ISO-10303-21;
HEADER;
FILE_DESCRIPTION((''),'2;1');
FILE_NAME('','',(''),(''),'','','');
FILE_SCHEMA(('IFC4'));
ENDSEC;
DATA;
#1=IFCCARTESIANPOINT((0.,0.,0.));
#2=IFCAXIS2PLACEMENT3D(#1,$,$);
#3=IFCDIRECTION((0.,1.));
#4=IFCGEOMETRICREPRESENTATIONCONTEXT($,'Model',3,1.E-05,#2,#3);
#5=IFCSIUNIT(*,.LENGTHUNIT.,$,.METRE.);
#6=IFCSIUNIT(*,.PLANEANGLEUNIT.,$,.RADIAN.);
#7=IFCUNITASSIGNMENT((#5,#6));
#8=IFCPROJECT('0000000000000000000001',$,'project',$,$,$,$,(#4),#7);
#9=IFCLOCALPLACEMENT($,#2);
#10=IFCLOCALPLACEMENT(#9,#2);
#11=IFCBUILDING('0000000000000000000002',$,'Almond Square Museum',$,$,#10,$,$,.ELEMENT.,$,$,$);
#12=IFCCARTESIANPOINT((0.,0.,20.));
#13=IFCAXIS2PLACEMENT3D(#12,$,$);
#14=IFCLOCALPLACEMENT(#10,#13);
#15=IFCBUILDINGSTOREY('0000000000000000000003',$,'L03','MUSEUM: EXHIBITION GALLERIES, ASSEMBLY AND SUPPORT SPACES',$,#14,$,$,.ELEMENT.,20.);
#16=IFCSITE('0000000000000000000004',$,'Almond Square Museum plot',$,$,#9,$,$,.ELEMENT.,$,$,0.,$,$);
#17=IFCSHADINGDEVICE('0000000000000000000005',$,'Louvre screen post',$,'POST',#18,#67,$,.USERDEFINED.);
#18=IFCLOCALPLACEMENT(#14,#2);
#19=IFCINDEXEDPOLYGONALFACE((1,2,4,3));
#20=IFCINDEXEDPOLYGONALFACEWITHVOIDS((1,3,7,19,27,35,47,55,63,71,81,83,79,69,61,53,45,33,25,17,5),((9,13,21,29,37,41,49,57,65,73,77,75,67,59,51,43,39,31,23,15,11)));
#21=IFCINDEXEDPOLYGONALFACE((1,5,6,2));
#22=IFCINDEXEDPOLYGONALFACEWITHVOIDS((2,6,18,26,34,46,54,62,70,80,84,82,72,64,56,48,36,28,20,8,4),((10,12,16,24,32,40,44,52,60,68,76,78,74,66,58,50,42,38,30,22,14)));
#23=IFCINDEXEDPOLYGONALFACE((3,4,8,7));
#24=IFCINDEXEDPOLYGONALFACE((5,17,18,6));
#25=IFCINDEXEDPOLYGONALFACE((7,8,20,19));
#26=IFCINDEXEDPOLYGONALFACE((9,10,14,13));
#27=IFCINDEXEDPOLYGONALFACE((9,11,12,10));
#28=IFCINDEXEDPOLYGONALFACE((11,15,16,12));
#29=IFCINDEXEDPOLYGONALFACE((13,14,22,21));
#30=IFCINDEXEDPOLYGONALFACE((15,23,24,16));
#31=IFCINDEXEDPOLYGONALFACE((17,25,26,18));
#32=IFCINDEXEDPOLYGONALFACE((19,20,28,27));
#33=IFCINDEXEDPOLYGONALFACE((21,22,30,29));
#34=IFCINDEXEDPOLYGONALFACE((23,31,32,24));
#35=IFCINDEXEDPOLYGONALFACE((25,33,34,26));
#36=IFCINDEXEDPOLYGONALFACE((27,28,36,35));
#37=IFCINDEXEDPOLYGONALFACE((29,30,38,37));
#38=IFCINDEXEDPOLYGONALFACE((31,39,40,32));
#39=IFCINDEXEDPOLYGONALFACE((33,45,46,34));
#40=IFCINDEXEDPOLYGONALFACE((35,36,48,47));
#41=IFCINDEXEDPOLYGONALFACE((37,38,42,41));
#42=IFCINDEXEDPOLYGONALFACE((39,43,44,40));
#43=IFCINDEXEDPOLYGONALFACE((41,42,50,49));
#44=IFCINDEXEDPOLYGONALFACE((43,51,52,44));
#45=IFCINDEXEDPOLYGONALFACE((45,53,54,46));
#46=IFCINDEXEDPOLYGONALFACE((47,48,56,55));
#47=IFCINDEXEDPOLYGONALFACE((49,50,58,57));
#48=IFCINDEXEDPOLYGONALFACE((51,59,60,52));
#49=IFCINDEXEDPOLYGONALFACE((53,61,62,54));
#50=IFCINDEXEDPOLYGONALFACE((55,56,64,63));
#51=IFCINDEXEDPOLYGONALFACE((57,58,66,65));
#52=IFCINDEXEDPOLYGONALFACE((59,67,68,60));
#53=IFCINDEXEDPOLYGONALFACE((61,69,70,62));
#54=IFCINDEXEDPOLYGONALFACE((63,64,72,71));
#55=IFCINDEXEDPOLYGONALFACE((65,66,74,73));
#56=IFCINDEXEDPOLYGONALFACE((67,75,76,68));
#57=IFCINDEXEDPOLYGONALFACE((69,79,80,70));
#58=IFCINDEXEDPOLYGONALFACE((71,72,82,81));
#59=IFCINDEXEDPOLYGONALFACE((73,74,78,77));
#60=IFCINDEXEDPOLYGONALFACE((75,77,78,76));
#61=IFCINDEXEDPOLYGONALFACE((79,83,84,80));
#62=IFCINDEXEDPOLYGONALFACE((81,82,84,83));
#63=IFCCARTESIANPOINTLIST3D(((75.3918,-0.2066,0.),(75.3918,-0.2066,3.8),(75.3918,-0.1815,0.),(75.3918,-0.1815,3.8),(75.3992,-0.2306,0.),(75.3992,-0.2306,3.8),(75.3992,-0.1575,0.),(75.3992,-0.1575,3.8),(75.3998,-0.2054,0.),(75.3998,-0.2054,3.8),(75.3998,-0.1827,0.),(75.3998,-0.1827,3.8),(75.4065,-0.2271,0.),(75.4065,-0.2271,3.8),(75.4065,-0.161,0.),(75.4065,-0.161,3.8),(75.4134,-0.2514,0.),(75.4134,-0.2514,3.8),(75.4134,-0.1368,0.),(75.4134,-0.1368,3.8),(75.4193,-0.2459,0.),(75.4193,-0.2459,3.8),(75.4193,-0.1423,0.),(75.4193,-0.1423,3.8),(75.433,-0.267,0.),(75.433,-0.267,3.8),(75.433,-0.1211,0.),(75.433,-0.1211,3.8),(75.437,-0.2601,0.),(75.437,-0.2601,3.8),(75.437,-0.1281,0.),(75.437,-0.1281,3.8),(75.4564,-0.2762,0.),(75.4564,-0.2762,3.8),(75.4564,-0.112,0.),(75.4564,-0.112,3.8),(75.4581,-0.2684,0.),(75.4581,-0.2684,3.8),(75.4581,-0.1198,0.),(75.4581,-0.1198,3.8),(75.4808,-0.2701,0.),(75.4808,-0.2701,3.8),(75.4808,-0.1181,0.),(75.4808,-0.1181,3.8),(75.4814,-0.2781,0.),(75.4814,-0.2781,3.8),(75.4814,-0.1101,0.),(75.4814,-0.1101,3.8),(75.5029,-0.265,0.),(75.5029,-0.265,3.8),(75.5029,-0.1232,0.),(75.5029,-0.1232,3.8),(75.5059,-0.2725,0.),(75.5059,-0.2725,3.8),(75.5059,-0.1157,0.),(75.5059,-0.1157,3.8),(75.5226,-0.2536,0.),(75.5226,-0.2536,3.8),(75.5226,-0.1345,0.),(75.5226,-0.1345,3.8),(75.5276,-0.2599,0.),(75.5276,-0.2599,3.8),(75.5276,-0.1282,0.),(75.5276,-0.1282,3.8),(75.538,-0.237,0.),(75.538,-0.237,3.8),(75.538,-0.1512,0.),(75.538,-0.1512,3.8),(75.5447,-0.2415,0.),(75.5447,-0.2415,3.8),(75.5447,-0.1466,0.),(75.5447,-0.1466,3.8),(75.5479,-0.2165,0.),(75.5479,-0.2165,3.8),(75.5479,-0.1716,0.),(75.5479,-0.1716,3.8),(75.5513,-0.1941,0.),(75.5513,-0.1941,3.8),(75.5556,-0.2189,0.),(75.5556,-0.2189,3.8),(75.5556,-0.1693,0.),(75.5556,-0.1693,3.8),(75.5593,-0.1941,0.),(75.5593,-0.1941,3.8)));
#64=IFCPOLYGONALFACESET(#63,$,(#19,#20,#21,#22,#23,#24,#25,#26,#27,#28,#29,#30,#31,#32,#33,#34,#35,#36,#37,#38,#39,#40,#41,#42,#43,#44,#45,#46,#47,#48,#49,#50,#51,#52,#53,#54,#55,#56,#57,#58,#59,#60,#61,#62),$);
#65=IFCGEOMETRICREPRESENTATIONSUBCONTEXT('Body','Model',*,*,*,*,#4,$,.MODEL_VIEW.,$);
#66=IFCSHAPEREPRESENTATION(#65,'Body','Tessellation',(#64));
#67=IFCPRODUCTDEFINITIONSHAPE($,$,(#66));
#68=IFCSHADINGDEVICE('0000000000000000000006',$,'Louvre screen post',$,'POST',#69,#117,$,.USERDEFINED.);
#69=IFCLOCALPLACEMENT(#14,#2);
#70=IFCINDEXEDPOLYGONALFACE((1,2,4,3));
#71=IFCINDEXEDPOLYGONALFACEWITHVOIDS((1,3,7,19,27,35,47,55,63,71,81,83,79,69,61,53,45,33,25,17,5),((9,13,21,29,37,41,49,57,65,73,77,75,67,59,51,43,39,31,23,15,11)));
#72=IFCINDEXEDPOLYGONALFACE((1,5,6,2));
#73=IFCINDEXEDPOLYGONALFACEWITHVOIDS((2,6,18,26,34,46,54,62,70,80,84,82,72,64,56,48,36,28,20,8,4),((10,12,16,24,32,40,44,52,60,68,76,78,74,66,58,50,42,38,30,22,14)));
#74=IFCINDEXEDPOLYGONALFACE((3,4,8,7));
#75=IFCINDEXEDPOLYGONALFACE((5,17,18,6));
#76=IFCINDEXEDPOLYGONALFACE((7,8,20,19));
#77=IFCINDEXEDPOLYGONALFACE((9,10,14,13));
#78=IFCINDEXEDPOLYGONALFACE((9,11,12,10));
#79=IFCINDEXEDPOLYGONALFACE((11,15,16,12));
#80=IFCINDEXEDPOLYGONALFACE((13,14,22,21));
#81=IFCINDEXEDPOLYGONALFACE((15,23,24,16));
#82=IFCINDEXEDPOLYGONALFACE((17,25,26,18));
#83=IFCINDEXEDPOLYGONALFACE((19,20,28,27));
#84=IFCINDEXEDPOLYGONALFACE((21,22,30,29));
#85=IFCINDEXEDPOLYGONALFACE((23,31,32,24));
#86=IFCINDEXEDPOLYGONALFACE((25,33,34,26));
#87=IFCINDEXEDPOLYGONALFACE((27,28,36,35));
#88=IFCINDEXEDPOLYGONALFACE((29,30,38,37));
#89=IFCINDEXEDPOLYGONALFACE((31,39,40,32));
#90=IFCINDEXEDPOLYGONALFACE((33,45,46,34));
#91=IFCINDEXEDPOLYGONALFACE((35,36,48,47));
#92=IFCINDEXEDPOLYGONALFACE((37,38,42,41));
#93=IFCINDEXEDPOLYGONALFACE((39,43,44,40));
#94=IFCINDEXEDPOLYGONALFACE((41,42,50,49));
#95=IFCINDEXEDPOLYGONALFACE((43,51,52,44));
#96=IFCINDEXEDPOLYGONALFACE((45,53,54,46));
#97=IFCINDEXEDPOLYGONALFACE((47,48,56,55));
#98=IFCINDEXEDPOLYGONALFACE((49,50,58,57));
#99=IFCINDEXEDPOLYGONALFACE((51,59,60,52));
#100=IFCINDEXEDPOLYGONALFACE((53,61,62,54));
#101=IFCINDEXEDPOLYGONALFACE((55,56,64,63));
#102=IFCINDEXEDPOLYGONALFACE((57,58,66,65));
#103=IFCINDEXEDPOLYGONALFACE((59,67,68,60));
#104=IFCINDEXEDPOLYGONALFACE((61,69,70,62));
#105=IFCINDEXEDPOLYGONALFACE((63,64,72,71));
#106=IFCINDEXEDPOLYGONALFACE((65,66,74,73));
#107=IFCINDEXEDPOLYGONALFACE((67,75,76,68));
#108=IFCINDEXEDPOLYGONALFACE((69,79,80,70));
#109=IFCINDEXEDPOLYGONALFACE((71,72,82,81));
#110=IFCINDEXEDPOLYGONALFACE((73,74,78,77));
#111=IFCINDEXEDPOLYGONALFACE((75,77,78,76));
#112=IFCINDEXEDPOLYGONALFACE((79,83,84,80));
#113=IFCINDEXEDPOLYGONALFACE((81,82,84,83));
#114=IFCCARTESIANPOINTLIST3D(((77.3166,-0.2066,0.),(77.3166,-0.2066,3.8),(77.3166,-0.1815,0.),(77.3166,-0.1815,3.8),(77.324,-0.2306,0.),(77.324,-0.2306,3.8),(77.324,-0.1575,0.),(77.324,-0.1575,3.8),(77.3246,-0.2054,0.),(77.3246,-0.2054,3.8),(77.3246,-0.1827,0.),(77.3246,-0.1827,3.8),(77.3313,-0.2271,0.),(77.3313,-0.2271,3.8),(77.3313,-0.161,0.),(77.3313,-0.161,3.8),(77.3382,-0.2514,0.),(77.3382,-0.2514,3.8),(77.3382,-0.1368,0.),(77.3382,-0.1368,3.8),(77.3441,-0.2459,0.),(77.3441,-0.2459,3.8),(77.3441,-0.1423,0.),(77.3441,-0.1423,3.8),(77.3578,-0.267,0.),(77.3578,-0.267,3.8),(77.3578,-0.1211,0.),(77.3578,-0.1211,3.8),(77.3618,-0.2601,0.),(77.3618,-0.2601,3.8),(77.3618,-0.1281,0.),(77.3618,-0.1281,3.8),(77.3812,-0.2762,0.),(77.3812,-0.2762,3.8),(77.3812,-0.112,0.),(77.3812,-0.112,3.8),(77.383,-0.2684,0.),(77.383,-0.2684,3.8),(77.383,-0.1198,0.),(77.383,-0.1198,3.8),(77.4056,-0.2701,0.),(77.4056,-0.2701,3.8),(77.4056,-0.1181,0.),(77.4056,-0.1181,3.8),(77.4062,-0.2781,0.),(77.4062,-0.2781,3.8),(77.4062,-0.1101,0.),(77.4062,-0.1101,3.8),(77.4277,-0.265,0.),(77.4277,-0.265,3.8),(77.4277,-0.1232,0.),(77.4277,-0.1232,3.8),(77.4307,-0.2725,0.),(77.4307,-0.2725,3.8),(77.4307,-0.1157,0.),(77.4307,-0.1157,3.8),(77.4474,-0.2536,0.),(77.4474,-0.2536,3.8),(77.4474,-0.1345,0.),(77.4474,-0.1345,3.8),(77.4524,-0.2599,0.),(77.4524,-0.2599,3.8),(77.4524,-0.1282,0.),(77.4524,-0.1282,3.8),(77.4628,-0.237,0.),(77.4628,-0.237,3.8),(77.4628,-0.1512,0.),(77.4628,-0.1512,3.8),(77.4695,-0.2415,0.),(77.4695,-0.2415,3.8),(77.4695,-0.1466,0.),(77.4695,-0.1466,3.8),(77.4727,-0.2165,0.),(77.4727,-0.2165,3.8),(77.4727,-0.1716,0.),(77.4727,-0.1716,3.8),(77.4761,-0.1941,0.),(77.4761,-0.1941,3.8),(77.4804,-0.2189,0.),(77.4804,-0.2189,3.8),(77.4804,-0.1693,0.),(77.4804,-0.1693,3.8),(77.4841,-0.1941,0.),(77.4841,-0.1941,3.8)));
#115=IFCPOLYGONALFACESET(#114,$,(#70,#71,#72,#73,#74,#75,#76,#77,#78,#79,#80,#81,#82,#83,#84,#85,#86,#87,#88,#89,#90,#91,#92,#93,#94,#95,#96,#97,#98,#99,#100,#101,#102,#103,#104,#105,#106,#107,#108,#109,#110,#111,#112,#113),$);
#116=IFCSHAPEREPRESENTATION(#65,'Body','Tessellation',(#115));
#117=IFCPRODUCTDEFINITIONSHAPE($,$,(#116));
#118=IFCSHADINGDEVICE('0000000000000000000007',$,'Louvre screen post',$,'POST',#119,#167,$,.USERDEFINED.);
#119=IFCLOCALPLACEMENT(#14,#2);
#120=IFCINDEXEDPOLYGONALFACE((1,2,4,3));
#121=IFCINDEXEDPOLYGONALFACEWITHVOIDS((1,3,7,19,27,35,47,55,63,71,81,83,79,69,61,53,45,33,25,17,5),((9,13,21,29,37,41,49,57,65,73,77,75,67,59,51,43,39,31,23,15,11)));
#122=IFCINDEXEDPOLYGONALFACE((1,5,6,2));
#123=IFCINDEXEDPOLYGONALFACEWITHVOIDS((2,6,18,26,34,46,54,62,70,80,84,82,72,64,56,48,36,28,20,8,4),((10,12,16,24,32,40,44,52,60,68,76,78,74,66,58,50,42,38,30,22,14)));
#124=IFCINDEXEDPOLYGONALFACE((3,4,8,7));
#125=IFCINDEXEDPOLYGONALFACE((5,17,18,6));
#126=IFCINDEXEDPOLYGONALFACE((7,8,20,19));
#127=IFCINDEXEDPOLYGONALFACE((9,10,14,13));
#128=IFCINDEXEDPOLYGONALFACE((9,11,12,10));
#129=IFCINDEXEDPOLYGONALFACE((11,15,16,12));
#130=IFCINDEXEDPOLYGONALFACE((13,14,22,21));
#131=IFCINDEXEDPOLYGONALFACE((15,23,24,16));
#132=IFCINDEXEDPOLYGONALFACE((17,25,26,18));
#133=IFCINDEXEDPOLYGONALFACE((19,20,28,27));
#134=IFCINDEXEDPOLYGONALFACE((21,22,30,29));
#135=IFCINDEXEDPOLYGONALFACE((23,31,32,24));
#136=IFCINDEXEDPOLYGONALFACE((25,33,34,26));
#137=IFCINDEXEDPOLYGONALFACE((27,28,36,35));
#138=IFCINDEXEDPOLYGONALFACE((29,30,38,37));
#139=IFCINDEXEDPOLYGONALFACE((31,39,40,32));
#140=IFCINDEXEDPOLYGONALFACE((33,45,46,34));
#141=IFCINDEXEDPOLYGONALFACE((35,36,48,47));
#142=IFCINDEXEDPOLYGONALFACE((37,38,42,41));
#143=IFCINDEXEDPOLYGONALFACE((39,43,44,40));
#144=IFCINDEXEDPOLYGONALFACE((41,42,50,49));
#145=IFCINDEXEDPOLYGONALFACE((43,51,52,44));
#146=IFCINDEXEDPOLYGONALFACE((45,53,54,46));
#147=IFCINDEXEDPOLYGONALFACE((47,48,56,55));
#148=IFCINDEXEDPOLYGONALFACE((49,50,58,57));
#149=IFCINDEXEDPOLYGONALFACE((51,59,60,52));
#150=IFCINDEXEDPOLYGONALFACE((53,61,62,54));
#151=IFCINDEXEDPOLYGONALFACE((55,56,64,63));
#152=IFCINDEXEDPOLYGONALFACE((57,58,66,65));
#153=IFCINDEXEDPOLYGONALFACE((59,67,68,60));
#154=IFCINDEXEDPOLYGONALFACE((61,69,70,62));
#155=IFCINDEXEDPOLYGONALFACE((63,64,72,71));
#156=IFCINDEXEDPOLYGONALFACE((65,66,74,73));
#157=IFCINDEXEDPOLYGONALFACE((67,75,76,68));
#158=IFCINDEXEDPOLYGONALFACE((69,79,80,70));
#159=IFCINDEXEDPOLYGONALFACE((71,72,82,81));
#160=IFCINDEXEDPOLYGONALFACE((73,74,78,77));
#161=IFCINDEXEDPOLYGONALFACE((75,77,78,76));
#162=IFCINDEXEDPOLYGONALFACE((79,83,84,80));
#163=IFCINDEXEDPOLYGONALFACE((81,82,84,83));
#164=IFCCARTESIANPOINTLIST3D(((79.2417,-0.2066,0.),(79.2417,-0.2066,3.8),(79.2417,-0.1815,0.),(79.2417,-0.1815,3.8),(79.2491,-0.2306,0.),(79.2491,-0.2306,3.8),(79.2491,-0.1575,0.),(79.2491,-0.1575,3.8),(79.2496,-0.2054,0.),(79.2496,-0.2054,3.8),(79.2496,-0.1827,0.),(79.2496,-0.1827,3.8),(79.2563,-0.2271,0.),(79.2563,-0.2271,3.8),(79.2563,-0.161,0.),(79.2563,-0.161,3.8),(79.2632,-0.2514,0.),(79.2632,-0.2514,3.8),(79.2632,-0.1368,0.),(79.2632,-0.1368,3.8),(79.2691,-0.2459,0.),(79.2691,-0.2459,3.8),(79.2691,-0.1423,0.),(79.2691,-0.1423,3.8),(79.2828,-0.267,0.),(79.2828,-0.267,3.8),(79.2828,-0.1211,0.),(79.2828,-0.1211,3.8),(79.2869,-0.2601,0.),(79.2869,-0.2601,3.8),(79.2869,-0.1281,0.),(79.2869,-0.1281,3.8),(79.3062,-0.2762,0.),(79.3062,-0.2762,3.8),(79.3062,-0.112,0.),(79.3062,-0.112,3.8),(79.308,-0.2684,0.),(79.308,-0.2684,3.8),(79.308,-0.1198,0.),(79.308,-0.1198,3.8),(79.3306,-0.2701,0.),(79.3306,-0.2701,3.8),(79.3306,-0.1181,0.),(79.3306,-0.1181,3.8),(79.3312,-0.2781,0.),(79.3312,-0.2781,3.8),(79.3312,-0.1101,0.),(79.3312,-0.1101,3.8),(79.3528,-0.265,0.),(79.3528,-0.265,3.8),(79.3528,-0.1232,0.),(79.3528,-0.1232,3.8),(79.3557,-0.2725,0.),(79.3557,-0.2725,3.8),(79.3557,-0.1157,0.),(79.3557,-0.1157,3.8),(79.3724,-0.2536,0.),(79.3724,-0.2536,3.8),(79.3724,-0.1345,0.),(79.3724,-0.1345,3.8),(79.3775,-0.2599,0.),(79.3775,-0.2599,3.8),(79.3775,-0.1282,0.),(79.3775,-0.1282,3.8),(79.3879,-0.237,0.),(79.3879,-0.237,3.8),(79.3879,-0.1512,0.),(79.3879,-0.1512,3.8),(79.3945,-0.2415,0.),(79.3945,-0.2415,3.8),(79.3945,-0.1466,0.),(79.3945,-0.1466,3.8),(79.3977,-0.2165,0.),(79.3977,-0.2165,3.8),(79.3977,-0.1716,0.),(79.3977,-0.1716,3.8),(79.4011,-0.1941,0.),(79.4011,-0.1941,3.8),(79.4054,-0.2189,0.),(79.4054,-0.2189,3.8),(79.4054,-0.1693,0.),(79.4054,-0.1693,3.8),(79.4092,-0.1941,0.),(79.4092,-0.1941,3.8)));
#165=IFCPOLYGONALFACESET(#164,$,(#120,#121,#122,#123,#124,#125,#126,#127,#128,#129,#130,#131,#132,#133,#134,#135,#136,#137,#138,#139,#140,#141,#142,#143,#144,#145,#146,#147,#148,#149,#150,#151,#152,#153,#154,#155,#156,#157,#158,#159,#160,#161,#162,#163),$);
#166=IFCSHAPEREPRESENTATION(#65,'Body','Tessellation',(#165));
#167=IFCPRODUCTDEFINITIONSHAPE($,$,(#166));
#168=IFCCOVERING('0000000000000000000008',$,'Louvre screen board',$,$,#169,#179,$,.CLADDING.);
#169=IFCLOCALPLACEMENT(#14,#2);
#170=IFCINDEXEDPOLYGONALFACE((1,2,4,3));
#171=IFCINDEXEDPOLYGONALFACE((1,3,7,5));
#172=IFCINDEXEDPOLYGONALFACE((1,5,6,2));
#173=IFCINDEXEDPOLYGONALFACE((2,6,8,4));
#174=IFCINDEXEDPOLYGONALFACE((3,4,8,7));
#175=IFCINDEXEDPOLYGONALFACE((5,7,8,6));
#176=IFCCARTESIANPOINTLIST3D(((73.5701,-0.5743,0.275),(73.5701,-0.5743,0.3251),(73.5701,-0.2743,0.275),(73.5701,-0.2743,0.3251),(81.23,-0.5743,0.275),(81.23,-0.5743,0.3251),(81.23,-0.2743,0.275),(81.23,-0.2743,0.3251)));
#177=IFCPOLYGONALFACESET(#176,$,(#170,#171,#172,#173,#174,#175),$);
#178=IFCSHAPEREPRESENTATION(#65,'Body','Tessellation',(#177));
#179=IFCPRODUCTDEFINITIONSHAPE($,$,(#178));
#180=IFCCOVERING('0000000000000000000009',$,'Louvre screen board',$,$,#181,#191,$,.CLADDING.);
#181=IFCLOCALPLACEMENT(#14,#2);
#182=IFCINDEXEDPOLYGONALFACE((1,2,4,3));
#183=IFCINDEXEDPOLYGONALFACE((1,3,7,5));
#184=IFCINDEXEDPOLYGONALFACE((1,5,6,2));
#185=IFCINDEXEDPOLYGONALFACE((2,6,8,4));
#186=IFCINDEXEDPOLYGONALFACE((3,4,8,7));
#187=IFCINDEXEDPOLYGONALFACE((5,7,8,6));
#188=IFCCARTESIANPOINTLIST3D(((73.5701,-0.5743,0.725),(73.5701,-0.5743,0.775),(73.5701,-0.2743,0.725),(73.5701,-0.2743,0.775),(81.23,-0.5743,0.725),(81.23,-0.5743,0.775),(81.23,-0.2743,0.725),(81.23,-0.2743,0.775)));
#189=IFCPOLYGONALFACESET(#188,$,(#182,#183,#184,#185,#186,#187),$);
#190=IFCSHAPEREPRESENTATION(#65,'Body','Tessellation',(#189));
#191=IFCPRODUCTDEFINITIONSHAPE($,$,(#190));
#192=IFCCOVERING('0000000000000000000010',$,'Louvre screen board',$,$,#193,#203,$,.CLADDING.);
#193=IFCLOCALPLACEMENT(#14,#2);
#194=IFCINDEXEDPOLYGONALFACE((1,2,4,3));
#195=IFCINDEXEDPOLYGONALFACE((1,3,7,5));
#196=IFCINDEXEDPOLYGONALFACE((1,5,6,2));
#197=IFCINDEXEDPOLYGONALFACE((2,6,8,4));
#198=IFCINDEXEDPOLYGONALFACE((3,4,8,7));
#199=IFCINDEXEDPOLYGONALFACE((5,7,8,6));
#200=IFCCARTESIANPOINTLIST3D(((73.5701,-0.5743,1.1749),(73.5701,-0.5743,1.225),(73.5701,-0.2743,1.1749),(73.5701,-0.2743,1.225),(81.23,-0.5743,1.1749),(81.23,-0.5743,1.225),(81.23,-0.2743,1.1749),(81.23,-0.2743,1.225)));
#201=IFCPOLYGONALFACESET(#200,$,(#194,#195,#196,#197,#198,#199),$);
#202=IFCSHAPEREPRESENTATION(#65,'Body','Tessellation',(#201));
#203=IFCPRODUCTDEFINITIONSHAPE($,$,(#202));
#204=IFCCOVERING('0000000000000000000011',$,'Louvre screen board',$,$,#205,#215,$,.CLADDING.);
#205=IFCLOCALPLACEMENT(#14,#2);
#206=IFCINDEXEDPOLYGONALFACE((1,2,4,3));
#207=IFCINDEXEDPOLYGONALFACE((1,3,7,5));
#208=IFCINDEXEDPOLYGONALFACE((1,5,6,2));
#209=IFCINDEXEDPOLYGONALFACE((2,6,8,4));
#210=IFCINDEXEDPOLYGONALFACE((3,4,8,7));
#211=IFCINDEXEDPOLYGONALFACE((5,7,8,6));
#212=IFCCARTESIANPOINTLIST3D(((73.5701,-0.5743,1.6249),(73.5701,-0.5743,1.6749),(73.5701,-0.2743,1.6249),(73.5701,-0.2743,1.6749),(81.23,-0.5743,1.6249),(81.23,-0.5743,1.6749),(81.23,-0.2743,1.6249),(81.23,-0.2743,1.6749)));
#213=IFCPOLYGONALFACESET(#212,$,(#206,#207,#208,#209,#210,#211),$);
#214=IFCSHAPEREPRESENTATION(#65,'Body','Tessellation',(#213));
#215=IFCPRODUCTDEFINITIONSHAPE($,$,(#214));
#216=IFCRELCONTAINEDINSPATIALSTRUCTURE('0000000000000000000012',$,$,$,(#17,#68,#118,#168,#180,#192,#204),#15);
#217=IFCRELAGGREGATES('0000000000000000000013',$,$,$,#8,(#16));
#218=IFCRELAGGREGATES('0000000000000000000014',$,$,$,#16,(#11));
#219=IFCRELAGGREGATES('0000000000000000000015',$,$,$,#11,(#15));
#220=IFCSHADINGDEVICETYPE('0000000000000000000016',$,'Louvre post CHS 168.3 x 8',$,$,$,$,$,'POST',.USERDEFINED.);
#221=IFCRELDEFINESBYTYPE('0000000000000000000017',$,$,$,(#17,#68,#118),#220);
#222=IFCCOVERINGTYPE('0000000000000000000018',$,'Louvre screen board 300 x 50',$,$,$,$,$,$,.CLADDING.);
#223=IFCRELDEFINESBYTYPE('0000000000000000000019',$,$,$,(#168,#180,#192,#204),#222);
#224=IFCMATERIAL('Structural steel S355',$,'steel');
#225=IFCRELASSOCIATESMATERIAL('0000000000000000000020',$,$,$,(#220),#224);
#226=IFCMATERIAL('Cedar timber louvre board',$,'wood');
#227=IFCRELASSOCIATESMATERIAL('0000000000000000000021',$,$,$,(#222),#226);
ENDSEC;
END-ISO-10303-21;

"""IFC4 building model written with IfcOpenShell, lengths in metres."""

from ifc_helpers import new_model, si_unit, direction, frame, origin, origin_2d, place, context, subcontext, project, spatial, rectangle, hollow_circle, extrude, material, material_profile, profile_set, type_object, element, save


model = new_model("IFC4")

# Units and contexts
model_context = context("Model", 3, precision=1e-05, world=origin(), true_north=direction((0.0, 1.0)))
body_context = subcontext(model_context, "Body", "Model", "MODEL_VIEW")
ifc_project = project(units=[si_unit("LENGTHUNIT", "METRE"), si_unit("PLANEANGLEUNIT", "RADIAN")], contexts=[model_context])

# Site, building, storey
site_placement = place(None, origin())
site = spatial("IfcSite", under=ifc_project, at=site_placement, Name="Almond Square Museum plot", CompositionType="ELEMENT", RefElevation=0.0)
building_placement = place(site_placement, origin())
building = spatial("IfcBuilding", under=site, at=building_placement, Name="Almond Square Museum", CompositionType="ELEMENT")
storey_placement = place(building_placement, frame((0.0, 0.0, 20.0)))
storey = spatial("IfcBuildingStorey", under=building, at=storey_placement, Name="L03", Description="MUSEUM: EXHIBITION GALLERIES, ASSEMBLY AND SUPPORT SPACES", CompositionType="ELEMENT", Elevation=20.0)

# Shading devices
ifc_material_1 = material(Name="Structural steel S355", Category="steel")
ifc_material_profile_1 = material_profile(ifc_material_1, hollow_circle(Radius=0.0842, WallThickness=0.0081, at=origin_2d()))
ifc_profile_set_1 = profile_set([ifc_material_profile_1], Name="Structural steel S355")
shading_device_type = type_object("IfcShadingDeviceType", Name="Louvre post CHS 168.3 x 8", ElementType="POST", PredefinedType="USERDEFINED", material=ifc_profile_set_1)
for number, where, z_axis, x_axis, name in (
    (1, (75.4751, -0.1941, 0.0), (0.0, 0.0, 1.0), (1.0, 0.0, 0.0), "Louvre screen post"),
    (2, (77.3999, -0.1941, 0.0), (0.0, 0.0, 1.0), (1.0, 0.0, 0.0), "Louvre screen post"),
    (3, (79.325, -0.1941, 0.0), (0.0, 0.0, 1.0), (1.0, 0.0, 0.0), "Louvre screen post"),
):
    element("IfcShadingDevice", number, at=place(storey_placement, frame(where, z_axis=z_axis, x_axis=x_axis)), inside=storey, type_object=shading_device_type, Name=name, ObjectType="POST", PredefinedType="USERDEFINED", context=body_context, shape_type="SweptSolid", body=[
        extrude(hollow_circle(Radius=0.0842, WallThickness=0.0081, at=origin_2d()), origin(), (0.0, 0.0, 1.0), 3.8),
    ])

# Coverings
ifc_material_2 = material(Name="Cedar timber louvre board", Category="wood")
ifc_material_profile_2 = material_profile(ifc_material_2, rectangle(XDim=0.3, YDim=0.05, at=origin_2d()))
ifc_profile_set_2 = profile_set([ifc_material_profile_2], Name="Cedar timber louvre board")
covering_type = type_object("IfcCoveringType", Name="Louvre screen board 300 x 50", PredefinedType="CLADDING", material=ifc_profile_set_2)
for number, where, z_axis, x_axis, name in (
    (4, (73.5701, -0.4243, 0.3), (1.0, 0.0, 0.0), (0.0, 1.0, 0.0), "Louvre screen board"),
    (5, (73.5701, -0.4243, 0.75), (1.0, 0.0, 0.0), (0.0, 1.0, 0.0), "Louvre screen board"),
    (6, (73.5701, -0.4243, 1.2), (1.0, 0.0, 0.0), (0.0, 1.0, 0.0), "Louvre screen board"),
    (7, (73.5701, -0.4243, 1.6499), (1.0, 0.0, 0.0), (0.0, 1.0, 0.0), "Louvre screen board"),
):
    element("IfcCovering", number, at=place(storey_placement, frame(where, z_axis=z_axis, x_axis=x_axis)), inside=storey, type_object=covering_type, Name=name, PredefinedType="CLADDING", context=body_context, shape_type="SweptSolid", body=[
        extrude(rectangle(XDim=0.3, YDim=0.05, at=origin_2d()), origin(), (0.0, 0.0, 1.0), 7.6599),
    ])

save(model, "model.ifc")
